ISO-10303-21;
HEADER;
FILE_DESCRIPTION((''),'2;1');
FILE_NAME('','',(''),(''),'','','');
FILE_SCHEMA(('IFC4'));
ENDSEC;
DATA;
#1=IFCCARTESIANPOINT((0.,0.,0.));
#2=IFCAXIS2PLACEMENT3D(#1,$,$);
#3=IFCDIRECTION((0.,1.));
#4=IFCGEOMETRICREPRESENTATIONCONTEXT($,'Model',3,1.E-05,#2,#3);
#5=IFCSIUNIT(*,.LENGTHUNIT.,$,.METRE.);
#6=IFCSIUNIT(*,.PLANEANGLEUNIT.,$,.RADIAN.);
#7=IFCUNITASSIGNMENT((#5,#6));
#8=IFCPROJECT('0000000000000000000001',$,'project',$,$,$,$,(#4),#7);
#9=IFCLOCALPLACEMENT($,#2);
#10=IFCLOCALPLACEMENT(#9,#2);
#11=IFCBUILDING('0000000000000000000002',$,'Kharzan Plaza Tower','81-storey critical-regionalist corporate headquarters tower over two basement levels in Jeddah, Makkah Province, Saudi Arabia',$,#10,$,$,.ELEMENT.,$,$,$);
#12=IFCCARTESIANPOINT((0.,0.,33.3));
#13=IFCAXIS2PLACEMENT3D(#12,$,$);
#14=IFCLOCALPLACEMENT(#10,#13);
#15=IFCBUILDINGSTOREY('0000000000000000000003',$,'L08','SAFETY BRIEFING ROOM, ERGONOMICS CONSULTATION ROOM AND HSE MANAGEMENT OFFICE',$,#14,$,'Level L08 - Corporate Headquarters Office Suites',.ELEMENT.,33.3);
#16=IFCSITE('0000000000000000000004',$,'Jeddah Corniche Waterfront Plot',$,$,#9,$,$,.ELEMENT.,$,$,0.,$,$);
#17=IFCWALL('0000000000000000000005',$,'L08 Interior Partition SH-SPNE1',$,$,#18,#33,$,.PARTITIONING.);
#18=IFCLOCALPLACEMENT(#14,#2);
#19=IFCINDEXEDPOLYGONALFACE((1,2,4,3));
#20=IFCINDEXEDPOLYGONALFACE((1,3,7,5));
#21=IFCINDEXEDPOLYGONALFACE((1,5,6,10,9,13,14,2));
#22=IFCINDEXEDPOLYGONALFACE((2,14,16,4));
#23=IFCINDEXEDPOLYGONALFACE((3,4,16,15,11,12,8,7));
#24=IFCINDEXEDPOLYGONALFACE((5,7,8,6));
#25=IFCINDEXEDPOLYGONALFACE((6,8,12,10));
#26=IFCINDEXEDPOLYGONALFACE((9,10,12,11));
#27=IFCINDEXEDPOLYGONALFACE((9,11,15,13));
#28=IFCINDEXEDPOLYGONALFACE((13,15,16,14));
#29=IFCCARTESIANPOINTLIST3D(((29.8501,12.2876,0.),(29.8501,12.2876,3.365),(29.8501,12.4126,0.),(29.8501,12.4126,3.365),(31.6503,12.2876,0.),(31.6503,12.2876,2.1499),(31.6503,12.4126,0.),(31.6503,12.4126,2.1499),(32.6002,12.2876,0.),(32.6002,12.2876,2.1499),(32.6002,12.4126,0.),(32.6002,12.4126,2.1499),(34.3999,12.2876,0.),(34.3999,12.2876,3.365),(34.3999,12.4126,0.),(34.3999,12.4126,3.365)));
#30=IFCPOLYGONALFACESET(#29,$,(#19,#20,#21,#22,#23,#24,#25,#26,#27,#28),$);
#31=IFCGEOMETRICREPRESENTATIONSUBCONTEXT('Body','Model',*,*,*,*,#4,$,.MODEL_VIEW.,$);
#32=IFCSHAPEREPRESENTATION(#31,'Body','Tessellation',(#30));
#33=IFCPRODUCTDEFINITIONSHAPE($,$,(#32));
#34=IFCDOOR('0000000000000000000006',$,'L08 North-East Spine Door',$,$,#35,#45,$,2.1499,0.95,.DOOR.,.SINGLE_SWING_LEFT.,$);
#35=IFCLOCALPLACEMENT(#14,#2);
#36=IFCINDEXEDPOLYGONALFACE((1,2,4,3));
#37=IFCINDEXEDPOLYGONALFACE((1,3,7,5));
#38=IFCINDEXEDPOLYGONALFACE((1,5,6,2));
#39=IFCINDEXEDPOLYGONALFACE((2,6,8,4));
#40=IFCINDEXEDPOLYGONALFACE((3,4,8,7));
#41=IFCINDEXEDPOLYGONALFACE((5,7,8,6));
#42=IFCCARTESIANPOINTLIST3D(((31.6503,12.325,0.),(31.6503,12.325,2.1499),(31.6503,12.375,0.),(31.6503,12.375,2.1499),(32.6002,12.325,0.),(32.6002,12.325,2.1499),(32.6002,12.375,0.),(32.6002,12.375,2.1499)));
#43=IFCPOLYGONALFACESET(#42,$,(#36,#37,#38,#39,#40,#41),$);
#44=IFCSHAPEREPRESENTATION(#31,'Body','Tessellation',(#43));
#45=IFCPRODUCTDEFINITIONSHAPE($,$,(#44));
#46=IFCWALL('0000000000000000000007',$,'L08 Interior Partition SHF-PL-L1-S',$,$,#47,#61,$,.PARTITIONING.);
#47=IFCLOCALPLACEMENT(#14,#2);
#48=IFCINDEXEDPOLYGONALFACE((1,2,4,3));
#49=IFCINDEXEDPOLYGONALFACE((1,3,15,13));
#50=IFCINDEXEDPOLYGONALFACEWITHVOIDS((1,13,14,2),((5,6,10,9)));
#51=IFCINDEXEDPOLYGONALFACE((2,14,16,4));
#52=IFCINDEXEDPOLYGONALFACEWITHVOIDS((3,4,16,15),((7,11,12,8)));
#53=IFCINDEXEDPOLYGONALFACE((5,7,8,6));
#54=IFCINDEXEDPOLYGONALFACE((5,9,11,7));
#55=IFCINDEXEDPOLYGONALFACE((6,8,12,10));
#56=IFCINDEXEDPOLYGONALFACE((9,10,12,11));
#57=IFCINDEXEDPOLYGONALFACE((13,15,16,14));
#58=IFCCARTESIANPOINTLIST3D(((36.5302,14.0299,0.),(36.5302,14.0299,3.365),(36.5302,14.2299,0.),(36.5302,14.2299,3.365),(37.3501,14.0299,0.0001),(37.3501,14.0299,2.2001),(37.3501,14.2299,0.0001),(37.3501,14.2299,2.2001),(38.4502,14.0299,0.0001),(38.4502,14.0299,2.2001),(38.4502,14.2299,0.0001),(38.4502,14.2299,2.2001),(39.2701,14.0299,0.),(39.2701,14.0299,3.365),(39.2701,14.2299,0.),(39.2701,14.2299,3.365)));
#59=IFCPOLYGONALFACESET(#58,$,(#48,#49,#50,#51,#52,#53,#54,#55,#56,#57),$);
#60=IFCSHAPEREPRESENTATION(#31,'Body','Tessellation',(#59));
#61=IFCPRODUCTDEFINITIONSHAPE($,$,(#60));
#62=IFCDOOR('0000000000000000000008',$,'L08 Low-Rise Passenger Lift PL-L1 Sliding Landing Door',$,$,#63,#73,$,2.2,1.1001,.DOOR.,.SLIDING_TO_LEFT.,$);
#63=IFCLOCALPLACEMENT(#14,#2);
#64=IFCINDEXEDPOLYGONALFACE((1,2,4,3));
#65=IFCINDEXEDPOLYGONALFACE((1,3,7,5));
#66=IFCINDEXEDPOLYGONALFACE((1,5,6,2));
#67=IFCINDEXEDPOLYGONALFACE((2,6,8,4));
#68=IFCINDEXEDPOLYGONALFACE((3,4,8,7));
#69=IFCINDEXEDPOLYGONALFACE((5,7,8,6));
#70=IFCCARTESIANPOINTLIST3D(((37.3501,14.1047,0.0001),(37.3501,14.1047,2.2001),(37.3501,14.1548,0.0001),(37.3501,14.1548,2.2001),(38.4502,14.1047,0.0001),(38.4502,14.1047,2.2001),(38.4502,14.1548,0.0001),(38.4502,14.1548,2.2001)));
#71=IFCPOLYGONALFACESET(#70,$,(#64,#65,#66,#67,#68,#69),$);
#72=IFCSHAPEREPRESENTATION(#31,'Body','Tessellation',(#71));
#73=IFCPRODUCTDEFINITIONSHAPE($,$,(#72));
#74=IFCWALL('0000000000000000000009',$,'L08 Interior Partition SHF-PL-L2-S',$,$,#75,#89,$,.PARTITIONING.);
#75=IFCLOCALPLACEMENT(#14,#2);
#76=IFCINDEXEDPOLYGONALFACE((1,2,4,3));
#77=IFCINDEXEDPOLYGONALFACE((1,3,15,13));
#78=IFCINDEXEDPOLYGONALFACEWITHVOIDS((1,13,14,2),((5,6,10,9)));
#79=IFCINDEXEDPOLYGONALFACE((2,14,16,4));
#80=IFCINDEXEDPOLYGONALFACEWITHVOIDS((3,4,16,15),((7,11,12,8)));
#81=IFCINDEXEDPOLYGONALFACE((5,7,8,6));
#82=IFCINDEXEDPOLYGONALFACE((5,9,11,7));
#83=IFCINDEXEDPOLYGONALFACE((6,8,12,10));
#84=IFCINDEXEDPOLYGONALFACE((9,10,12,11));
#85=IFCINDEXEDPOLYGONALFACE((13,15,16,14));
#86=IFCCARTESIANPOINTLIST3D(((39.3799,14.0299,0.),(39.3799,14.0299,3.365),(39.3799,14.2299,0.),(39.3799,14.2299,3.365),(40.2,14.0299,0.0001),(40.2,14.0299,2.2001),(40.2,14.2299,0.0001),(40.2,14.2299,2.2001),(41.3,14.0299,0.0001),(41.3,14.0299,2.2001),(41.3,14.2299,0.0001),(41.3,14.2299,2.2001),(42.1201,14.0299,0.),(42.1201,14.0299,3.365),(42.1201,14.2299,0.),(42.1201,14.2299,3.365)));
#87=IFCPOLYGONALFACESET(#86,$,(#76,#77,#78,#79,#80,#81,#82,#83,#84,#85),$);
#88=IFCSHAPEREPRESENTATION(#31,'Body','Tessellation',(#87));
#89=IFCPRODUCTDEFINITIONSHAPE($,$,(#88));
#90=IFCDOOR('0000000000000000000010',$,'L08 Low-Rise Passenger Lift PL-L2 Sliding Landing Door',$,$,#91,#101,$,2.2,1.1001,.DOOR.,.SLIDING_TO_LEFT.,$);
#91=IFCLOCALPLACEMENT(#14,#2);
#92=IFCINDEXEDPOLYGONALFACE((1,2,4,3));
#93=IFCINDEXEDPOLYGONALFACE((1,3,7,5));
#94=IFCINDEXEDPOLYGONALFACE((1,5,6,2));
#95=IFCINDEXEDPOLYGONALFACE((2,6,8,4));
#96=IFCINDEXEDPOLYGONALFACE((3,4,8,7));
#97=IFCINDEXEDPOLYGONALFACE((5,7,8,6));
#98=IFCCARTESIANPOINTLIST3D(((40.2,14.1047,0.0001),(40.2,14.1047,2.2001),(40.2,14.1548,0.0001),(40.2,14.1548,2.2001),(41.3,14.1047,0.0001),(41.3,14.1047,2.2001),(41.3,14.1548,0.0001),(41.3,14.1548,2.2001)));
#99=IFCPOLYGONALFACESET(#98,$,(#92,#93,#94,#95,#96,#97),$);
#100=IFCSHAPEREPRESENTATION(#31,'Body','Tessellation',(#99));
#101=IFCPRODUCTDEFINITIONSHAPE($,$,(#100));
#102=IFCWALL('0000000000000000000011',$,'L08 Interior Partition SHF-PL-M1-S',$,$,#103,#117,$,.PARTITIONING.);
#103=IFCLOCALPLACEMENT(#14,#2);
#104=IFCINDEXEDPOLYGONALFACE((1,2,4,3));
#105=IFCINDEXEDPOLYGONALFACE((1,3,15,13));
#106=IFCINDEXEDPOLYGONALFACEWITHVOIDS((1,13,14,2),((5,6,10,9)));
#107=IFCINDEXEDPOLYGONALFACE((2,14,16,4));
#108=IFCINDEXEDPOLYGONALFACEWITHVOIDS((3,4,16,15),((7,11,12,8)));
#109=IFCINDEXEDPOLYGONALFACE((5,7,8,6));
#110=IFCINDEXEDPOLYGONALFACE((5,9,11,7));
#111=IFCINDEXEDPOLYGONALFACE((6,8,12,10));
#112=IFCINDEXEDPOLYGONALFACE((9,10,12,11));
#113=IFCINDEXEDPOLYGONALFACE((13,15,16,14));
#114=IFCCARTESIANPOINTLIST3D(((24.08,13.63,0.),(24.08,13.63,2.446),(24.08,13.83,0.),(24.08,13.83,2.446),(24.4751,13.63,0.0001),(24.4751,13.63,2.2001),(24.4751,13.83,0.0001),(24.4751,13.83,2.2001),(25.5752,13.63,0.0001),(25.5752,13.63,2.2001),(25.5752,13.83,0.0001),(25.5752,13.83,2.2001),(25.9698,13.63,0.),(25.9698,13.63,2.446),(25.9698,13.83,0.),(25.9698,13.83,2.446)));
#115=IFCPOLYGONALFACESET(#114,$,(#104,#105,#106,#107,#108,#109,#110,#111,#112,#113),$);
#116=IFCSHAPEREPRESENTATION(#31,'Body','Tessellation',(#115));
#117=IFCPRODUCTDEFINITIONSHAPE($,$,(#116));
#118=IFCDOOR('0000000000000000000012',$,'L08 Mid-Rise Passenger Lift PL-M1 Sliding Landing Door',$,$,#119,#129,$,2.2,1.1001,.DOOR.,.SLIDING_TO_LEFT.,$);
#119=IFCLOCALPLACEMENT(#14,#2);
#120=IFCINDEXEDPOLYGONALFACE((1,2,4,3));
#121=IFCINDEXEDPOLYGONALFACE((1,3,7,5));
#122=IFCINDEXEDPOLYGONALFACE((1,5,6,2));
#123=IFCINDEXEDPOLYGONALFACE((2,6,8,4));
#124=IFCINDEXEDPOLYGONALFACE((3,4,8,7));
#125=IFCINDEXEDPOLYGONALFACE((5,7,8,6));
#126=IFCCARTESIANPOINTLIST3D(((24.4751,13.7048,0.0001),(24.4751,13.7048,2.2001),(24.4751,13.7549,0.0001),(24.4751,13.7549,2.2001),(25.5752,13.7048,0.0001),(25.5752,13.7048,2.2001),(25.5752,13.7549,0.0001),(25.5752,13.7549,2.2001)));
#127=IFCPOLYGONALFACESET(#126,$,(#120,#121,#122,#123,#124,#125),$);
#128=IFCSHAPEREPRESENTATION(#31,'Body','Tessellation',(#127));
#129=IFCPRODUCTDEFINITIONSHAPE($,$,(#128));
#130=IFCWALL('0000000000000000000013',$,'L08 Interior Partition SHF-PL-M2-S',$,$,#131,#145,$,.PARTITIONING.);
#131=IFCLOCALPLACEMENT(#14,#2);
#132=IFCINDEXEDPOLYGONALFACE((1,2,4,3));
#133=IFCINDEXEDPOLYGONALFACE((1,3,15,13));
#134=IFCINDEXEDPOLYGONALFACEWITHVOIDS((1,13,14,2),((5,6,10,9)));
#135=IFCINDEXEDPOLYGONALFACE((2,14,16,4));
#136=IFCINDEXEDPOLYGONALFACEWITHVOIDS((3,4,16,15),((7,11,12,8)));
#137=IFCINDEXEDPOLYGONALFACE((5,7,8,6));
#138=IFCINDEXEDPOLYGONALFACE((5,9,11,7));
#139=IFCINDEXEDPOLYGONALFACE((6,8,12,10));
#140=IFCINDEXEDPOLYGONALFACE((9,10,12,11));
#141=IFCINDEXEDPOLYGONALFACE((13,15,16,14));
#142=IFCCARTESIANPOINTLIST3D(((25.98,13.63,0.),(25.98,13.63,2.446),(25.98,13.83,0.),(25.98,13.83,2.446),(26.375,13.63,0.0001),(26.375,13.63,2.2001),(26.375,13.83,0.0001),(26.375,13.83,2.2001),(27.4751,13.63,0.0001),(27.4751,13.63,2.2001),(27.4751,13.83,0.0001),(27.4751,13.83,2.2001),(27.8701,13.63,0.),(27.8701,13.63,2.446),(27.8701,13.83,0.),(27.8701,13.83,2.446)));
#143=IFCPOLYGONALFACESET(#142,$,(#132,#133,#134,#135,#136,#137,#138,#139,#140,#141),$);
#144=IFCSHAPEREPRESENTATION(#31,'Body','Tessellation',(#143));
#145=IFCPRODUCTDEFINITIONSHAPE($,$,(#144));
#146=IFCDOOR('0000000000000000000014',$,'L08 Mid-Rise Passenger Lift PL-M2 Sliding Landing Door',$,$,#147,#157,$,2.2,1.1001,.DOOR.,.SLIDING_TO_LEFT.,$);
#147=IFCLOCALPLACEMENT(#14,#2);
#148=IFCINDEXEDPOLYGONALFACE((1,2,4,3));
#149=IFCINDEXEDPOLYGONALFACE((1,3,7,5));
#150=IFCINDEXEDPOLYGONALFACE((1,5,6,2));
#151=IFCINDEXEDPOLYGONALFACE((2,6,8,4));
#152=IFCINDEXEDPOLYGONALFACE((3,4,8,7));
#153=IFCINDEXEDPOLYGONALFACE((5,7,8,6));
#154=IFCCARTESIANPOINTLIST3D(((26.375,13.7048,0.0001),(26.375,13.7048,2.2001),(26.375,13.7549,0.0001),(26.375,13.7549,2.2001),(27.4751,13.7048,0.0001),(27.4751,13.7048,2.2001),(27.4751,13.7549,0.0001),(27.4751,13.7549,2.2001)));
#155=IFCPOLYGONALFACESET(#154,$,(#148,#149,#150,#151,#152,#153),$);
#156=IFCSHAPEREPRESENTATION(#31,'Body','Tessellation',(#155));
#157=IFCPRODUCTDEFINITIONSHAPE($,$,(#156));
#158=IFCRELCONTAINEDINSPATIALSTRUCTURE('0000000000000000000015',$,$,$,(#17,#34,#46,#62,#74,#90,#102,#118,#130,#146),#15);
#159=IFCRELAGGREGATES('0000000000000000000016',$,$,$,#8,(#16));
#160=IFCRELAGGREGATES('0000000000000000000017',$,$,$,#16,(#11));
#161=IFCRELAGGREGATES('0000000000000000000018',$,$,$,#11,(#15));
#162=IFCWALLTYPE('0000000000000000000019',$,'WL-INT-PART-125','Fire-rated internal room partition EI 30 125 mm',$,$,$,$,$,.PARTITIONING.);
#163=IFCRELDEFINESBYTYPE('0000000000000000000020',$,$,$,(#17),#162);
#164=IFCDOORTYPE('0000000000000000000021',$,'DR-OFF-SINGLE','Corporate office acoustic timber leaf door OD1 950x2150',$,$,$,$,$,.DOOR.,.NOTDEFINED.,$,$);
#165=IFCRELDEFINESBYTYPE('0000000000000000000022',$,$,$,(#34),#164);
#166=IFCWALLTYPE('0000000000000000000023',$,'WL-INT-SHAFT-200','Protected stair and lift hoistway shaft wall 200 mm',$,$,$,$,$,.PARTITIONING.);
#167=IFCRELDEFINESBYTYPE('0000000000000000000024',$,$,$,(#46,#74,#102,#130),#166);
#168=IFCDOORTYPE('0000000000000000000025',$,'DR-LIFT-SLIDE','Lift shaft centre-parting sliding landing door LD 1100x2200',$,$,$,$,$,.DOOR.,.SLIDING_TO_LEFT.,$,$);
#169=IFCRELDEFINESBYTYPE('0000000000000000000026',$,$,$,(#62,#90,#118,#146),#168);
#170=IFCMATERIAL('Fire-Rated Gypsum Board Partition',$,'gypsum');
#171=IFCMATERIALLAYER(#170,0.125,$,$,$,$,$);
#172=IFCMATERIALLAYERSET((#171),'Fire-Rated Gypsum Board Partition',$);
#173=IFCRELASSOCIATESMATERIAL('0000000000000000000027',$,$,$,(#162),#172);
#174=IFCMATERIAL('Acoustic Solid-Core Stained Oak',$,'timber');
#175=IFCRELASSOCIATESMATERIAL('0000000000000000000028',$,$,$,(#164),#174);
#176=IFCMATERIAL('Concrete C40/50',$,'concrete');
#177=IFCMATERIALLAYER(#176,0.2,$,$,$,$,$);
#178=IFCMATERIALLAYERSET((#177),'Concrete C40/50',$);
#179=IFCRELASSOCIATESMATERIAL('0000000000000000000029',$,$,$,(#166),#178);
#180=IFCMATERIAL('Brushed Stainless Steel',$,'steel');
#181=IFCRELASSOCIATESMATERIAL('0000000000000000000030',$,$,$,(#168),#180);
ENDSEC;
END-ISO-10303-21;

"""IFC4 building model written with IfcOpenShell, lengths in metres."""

from ifc_helpers import new_model, si_unit, direction, frame, frame_2d, origin, place, context, subcontext, project, spatial, rectangle, extrude, source, transform, mapped, material, layer, layer_set, type_object, element, fill, save


model = new_model("IFC4")

# Units and contexts
model_context = context("Model", 3, precision=1e-05, world=origin(), true_north=direction((0.0, 1.0)))
body_context = subcontext(model_context, "Body", "Model", "MODEL_VIEW")
ifc_project = project(units=[si_unit("LENGTHUNIT", "METRE"), si_unit("PLANEANGLEUNIT", "RADIAN")], contexts=[model_context])

# Site, building, storey
site_placement = place(None, origin())
site = spatial("IfcSite", under=ifc_project, at=site_placement, Name="Jeddah Corniche Waterfront Plot", CompositionType="ELEMENT", RefElevation=0.0)
building_placement = place(site_placement, origin())
building = spatial("IfcBuilding", under=site, at=building_placement, Name="Kharzan Plaza Tower", Description="81-storey critical-regionalist corporate headquarters tower over two basement levels in Jeddah, Makkah Province, Saudi Arabia", CompositionType="ELEMENT")
storey_placement = place(building_placement, frame((0.0, 0.0, 33.3)))
storey = spatial("IfcBuildingStorey", under=building, at=storey_placement, Name="L08", Description="SAFETY BRIEFING ROOM, ERGONOMICS CONSULTATION ROOM AND HSE MANAGEMENT OFFICE", LongName="Level L08 - Corporate Headquarters Office Suites", CompositionType="ELEMENT", Elevation=33.3)

# Walls, openings, doors
ifc_material_1 = material(Name="Fire-Rated Gypsum Board Partition", Category="gypsum")
ifc_layer_1 = layer(ifc_material_1, 0.125)
ifc_layer_set_1 = layer_set([ifc_layer_1], Name="Fire-Rated Gypsum Board Partition")
wall_type_1 = type_object("IfcWallType", Name="WL-INT-PART-125", Description="Fire-rated internal room partition EI 30 125 mm", PredefinedType="PARTITIONING", material=ifc_layer_set_1)
wall_1_placement = place(storey_placement, frame((29.8501, 12.3501, 0.0), z_axis=(0.0, 0.0, 1.0), x_axis=(1.0, 0.0, 0.0)))
wall_1 = element("IfcWall", 1, at=wall_1_placement, inside=storey, type_object=wall_type_1, Name="L08 Interior Partition SH-SPNE1", PredefinedType="PARTITIONING", context=body_context, shape_type="SweptSolid", body=[
    extrude(rectangle(XDim=4.5498, YDim=0.125, at=frame_2d((2.2749, 0.0))), origin(), (0.0, 0.0, 1.0), 3.365),
])
opening_1_placement = place(wall_1_placement, frame((1.8, 0.0, 0.0)))
opening_1 = element("IfcOpeningElement", 2, at=opening_1_placement, cuts=wall_1, PredefinedType="OPENING", context=body_context, shape_type="SweptSolid", body=[
    extrude(rectangle(XDim=0.95, YDim=2.1499, at=frame_2d((0.4751, 1.075))), frame((0.0, 0.0725, 0.0), z_axis=(0.0, -1.0, 0.0), x_axis=(1.0, 0.0, 0.0)), (0.0, 0.0, 1.0), 0.145),
])
ifc_material_2 = material(Name="Acoustic Solid-Core Stained Oak", Category="timber")
door_type_1 = type_object("IfcDoorType", Name="DR-OFF-SINGLE", Description="Corporate office acoustic timber leaf door OD1 950x2150", OperationType="NOTDEFINED", PredefinedType="DOOR", material=ifc_material_2)
shared_shape_1 = source(origin(), body_context, "Body", "SweptSolid", [
    extrude(rectangle(XDim=0.95, YDim=2.1499, at=frame_2d((0.4751, 1.075))), frame((0.0, 0.0249, 0.0), z_axis=(0.0, -1.0, 0.0), x_axis=(1.0, 0.0, 0.0)), (0.0, 0.0, 1.0), 0.05),
])
door_1_placement = place(opening_1_placement, origin())
door_1 = element("IfcDoor", 3, at=door_1_placement, inside=storey, type_object=door_type_1, Name="L08 North-East Spine Door", OperationType="SINGLE_SWING_LEFT", OverallHeight=2.1499, OverallWidth=0.95, PredefinedType="DOOR", context=body_context, shape_type="MappedRepresentation", body=[
    mapped(shared_shape_1, transform((0.0, 0.0, 0.0), x_axis=(1.0, 0.0, 0.0), y_axis=(0.0, 1.0, 0.0), z_axis=(0.0, 0.0, 1.0))),
])
fill(opening_1, door_1)
ifc_material_3 = material(Name="Concrete C40/50", Category="concrete")
ifc_layer_2 = layer(ifc_material_3, 0.2)
ifc_layer_set_2 = layer_set([ifc_layer_2], Name="Concrete C40/50")
wall_type_2 = type_object("IfcWallType", Name="WL-INT-SHAFT-200", Description="Protected stair and lift hoistway shaft wall 200 mm", PredefinedType="PARTITIONING", material=ifc_layer_set_2)
wall_2_placement = place(storey_placement, frame((36.53, 14.1299, 0.0), z_axis=(0.0, 0.0, 1.0), x_axis=(1.0, 0.0, 0.0)))
wall_2 = element("IfcWall", 4, at=wall_2_placement, inside=storey, type_object=wall_type_2, Name="L08 Interior Partition SHF-PL-L1-S", PredefinedType="PARTITIONING", context=body_context, shape_type="SweptSolid", body=[
    extrude(rectangle(XDim=2.74, YDim=0.2, at=frame_2d((1.3701, 0.0))), origin(), (0.0, 0.0, 1.0), 3.365),
])
opening_2_placement = place(wall_2_placement, frame((0.8201, 0.0, 0.0)))
opening_2 = element("IfcOpeningElement", 5, at=opening_2_placement, cuts=wall_2, PredefinedType="OPENING", context=body_context, shape_type="SweptSolid", body=[
    extrude(rectangle(XDim=1.1001, YDim=2.2, at=frame_2d((0.55, 1.1001))), frame((0.0, 0.1099, 0.0), z_axis=(0.0, -1.0, 0.0), x_axis=(1.0, 0.0, 0.0)), (0.0, 0.0, 1.0), 0.22),
])
ifc_material_4 = material(Name="Brushed Stainless Steel", Category="steel")
door_type_2 = type_object("IfcDoorType", Name="DR-LIFT-SLIDE", Description="Lift shaft centre-parting sliding landing door LD 1100x2200", OperationType="SLIDING_TO_LEFT", PredefinedType="DOOR", material=ifc_material_4)
shared_shape_2 = source(origin(), body_context, "Body", "SweptSolid", [
    extrude(rectangle(XDim=1.1001, YDim=2.2, at=frame_2d((0.55, 1.1001))), frame((0.0, 0.0249, 0.0), z_axis=(0.0, -1.0, 0.0), x_axis=(1.0, 0.0, 0.0)), (0.0, 0.0, 1.0), 0.05),
])
door_2_placement = place(opening_2_placement, origin())
door_2 = element("IfcDoor", 6, at=door_2_placement, inside=storey, type_object=door_type_2, Name="L08 Low-Rise Passenger Lift PL-L1 Sliding Landing Door", OperationType="SLIDING_TO_LEFT", OverallHeight=2.2, OverallWidth=1.1001, PredefinedType="DOOR", context=body_context, shape_type="MappedRepresentation", body=[
    mapped(shared_shape_2, transform((0.0, 0.0, 0.0), x_axis=(1.0, 0.0, 0.0), y_axis=(0.0, 1.0, 0.0), z_axis=(0.0, 0.0, 1.0))),
])
fill(opening_2, door_2)
wall_3_placement = place(storey_placement, frame((39.3799, 14.1299, 0.0), z_axis=(0.0, 0.0, 1.0), x_axis=(1.0, 0.0, 0.0)))
wall_3 = element("IfcWall", 7, at=wall_3_placement, inside=storey, type_object=wall_type_2, Name="L08 Interior Partition SHF-PL-L2-S", PredefinedType="PARTITIONING", context=body_context, shape_type="SweptSolid", body=[
    extrude(rectangle(XDim=2.7402, YDim=0.2, at=frame_2d((1.3701, 0.0))), origin(), (0.0, 0.0, 1.0), 3.365),
])
opening_3_placement = place(wall_3_placement, frame((0.8201, 0.0, 0.0)))
opening_3 = element("IfcOpeningElement", 8, at=opening_3_placement, cuts=wall_3, PredefinedType="OPENING", context=body_context, shape_type="SweptSolid", body=[
    extrude(rectangle(XDim=1.1001, YDim=2.2, at=frame_2d((0.55, 1.1001))), frame((0.0, 0.1099, 0.0), z_axis=(0.0, -1.0, 0.0), x_axis=(1.0, 0.0, 0.0)), (0.0, 0.0, 1.0), 0.22),
])
door_3_placement = place(opening_3_placement, origin())
door_3 = element("IfcDoor", 9, at=door_3_placement, inside=storey, type_object=door_type_2, Name="L08 Low-Rise Passenger Lift PL-L2 Sliding Landing Door", OperationType="SLIDING_TO_LEFT", OverallHeight=2.2, OverallWidth=1.1001, PredefinedType="DOOR", context=body_context, shape_type="MappedRepresentation", body=[
    mapped(shared_shape_2, transform((0.0, 0.0, 0.0), x_axis=(1.0, 0.0, 0.0), y_axis=(0.0, 1.0, 0.0), z_axis=(0.0, 0.0, 1.0))),
])
fill(opening_3, door_3)
wall_4_placement = place(storey_placement, frame((24.0801, 13.73, 0.0), z_axis=(0.0, 0.0, 1.0), x_axis=(1.0, 0.0, 0.0)))
wall_4 = element("IfcWall", 10, at=wall_4_placement, inside=storey, type_object=wall_type_2, Name="L08 Interior Partition SHF-PL-M1-S", PredefinedType="PARTITIONING", context=body_context, shape_type="SweptSolid", body=[
    extrude(rectangle(XDim=1.8899, YDim=0.2, at=frame_2d((0.9448, 0.0))), origin(), (0.0, 0.0, 1.0), 2.446),
])
opening_4_placement = place(wall_4_placement, frame((0.395, 0.0, 0.0)))
opening_4 = element("IfcOpeningElement", 11, at=opening_4_placement, cuts=wall_4, PredefinedType="OPENING", context=body_context, shape_type="SweptSolid", body=[
    extrude(rectangle(XDim=1.1001, YDim=2.2, at=frame_2d((0.55, 1.1001))), frame((0.0, 0.1099, 0.0), z_axis=(0.0, -1.0, 0.0), x_axis=(1.0, 0.0, 0.0)), (0.0, 0.0, 1.0), 0.22),
])
door_4_placement = place(opening_4_placement, origin())
door_4 = element("IfcDoor", 12, at=door_4_placement, inside=storey, type_object=door_type_2, Name="L08 Mid-Rise Passenger Lift PL-M1 Sliding Landing Door", OperationType="SLIDING_TO_LEFT", OverallHeight=2.2, OverallWidth=1.1001, PredefinedType="DOOR", context=body_context, shape_type="MappedRepresentation", body=[
    mapped(shared_shape_2, transform((0.0, 0.0, 0.0), x_axis=(1.0, 0.0, 0.0), y_axis=(0.0, 1.0, 0.0), z_axis=(0.0, 0.0, 1.0))),
])
fill(opening_4, door_4)
wall_5_placement = place(storey_placement, frame((25.98, 13.73, 0.0), z_axis=(0.0, 0.0, 1.0), x_axis=(1.0, 0.0, 0.0)))
wall_5 = element("IfcWall", 13, at=wall_5_placement, inside=storey, type_object=wall_type_2, Name="L08 Interior Partition SHF-PL-M2-S", PredefinedType="PARTITIONING", context=body_context, shape_type="SweptSolid", body=[
    extrude(rectangle(XDim=1.8901, YDim=0.2, at=frame_2d((0.9451, 0.0))), origin(), (0.0, 0.0, 1.0), 2.446),
])
opening_5_placement = place(wall_5_placement, frame((0.395, 0.0, 0.0)))
opening_5 = element("IfcOpeningElement", 14, at=opening_5_placement, cuts=wall_5, PredefinedType="OPENING", context=body_context, shape_type="SweptSolid", body=[
    extrude(rectangle(XDim=1.1001, YDim=2.2, at=frame_2d((0.55, 1.1001))), frame((0.0, 0.1099, 0.0), z_axis=(0.0, -1.0, 0.0), x_axis=(1.0, 0.0, 0.0)), (0.0, 0.0, 1.0), 0.22),
])
door_5_placement = place(opening_5_placement, origin())
door_5 = element("IfcDoor", 15, at=door_5_placement, inside=storey, type_object=door_type_2, Name="L08 Mid-Rise Passenger Lift PL-M2 Sliding Landing Door", OperationType="SLIDING_TO_LEFT", OverallHeight=2.2, OverallWidth=1.1001, PredefinedType="DOOR", context=body_context, shape_type="MappedRepresentation", body=[
    mapped(shared_shape_2, transform((0.0, 0.0, 0.0), x_axis=(1.0, 0.0, 0.0), y_axis=(0.0, 1.0, 0.0), z_axis=(0.0, 0.0, 1.0))),
])
fill(opening_5, door_5)

save(model, "model.ifc")
